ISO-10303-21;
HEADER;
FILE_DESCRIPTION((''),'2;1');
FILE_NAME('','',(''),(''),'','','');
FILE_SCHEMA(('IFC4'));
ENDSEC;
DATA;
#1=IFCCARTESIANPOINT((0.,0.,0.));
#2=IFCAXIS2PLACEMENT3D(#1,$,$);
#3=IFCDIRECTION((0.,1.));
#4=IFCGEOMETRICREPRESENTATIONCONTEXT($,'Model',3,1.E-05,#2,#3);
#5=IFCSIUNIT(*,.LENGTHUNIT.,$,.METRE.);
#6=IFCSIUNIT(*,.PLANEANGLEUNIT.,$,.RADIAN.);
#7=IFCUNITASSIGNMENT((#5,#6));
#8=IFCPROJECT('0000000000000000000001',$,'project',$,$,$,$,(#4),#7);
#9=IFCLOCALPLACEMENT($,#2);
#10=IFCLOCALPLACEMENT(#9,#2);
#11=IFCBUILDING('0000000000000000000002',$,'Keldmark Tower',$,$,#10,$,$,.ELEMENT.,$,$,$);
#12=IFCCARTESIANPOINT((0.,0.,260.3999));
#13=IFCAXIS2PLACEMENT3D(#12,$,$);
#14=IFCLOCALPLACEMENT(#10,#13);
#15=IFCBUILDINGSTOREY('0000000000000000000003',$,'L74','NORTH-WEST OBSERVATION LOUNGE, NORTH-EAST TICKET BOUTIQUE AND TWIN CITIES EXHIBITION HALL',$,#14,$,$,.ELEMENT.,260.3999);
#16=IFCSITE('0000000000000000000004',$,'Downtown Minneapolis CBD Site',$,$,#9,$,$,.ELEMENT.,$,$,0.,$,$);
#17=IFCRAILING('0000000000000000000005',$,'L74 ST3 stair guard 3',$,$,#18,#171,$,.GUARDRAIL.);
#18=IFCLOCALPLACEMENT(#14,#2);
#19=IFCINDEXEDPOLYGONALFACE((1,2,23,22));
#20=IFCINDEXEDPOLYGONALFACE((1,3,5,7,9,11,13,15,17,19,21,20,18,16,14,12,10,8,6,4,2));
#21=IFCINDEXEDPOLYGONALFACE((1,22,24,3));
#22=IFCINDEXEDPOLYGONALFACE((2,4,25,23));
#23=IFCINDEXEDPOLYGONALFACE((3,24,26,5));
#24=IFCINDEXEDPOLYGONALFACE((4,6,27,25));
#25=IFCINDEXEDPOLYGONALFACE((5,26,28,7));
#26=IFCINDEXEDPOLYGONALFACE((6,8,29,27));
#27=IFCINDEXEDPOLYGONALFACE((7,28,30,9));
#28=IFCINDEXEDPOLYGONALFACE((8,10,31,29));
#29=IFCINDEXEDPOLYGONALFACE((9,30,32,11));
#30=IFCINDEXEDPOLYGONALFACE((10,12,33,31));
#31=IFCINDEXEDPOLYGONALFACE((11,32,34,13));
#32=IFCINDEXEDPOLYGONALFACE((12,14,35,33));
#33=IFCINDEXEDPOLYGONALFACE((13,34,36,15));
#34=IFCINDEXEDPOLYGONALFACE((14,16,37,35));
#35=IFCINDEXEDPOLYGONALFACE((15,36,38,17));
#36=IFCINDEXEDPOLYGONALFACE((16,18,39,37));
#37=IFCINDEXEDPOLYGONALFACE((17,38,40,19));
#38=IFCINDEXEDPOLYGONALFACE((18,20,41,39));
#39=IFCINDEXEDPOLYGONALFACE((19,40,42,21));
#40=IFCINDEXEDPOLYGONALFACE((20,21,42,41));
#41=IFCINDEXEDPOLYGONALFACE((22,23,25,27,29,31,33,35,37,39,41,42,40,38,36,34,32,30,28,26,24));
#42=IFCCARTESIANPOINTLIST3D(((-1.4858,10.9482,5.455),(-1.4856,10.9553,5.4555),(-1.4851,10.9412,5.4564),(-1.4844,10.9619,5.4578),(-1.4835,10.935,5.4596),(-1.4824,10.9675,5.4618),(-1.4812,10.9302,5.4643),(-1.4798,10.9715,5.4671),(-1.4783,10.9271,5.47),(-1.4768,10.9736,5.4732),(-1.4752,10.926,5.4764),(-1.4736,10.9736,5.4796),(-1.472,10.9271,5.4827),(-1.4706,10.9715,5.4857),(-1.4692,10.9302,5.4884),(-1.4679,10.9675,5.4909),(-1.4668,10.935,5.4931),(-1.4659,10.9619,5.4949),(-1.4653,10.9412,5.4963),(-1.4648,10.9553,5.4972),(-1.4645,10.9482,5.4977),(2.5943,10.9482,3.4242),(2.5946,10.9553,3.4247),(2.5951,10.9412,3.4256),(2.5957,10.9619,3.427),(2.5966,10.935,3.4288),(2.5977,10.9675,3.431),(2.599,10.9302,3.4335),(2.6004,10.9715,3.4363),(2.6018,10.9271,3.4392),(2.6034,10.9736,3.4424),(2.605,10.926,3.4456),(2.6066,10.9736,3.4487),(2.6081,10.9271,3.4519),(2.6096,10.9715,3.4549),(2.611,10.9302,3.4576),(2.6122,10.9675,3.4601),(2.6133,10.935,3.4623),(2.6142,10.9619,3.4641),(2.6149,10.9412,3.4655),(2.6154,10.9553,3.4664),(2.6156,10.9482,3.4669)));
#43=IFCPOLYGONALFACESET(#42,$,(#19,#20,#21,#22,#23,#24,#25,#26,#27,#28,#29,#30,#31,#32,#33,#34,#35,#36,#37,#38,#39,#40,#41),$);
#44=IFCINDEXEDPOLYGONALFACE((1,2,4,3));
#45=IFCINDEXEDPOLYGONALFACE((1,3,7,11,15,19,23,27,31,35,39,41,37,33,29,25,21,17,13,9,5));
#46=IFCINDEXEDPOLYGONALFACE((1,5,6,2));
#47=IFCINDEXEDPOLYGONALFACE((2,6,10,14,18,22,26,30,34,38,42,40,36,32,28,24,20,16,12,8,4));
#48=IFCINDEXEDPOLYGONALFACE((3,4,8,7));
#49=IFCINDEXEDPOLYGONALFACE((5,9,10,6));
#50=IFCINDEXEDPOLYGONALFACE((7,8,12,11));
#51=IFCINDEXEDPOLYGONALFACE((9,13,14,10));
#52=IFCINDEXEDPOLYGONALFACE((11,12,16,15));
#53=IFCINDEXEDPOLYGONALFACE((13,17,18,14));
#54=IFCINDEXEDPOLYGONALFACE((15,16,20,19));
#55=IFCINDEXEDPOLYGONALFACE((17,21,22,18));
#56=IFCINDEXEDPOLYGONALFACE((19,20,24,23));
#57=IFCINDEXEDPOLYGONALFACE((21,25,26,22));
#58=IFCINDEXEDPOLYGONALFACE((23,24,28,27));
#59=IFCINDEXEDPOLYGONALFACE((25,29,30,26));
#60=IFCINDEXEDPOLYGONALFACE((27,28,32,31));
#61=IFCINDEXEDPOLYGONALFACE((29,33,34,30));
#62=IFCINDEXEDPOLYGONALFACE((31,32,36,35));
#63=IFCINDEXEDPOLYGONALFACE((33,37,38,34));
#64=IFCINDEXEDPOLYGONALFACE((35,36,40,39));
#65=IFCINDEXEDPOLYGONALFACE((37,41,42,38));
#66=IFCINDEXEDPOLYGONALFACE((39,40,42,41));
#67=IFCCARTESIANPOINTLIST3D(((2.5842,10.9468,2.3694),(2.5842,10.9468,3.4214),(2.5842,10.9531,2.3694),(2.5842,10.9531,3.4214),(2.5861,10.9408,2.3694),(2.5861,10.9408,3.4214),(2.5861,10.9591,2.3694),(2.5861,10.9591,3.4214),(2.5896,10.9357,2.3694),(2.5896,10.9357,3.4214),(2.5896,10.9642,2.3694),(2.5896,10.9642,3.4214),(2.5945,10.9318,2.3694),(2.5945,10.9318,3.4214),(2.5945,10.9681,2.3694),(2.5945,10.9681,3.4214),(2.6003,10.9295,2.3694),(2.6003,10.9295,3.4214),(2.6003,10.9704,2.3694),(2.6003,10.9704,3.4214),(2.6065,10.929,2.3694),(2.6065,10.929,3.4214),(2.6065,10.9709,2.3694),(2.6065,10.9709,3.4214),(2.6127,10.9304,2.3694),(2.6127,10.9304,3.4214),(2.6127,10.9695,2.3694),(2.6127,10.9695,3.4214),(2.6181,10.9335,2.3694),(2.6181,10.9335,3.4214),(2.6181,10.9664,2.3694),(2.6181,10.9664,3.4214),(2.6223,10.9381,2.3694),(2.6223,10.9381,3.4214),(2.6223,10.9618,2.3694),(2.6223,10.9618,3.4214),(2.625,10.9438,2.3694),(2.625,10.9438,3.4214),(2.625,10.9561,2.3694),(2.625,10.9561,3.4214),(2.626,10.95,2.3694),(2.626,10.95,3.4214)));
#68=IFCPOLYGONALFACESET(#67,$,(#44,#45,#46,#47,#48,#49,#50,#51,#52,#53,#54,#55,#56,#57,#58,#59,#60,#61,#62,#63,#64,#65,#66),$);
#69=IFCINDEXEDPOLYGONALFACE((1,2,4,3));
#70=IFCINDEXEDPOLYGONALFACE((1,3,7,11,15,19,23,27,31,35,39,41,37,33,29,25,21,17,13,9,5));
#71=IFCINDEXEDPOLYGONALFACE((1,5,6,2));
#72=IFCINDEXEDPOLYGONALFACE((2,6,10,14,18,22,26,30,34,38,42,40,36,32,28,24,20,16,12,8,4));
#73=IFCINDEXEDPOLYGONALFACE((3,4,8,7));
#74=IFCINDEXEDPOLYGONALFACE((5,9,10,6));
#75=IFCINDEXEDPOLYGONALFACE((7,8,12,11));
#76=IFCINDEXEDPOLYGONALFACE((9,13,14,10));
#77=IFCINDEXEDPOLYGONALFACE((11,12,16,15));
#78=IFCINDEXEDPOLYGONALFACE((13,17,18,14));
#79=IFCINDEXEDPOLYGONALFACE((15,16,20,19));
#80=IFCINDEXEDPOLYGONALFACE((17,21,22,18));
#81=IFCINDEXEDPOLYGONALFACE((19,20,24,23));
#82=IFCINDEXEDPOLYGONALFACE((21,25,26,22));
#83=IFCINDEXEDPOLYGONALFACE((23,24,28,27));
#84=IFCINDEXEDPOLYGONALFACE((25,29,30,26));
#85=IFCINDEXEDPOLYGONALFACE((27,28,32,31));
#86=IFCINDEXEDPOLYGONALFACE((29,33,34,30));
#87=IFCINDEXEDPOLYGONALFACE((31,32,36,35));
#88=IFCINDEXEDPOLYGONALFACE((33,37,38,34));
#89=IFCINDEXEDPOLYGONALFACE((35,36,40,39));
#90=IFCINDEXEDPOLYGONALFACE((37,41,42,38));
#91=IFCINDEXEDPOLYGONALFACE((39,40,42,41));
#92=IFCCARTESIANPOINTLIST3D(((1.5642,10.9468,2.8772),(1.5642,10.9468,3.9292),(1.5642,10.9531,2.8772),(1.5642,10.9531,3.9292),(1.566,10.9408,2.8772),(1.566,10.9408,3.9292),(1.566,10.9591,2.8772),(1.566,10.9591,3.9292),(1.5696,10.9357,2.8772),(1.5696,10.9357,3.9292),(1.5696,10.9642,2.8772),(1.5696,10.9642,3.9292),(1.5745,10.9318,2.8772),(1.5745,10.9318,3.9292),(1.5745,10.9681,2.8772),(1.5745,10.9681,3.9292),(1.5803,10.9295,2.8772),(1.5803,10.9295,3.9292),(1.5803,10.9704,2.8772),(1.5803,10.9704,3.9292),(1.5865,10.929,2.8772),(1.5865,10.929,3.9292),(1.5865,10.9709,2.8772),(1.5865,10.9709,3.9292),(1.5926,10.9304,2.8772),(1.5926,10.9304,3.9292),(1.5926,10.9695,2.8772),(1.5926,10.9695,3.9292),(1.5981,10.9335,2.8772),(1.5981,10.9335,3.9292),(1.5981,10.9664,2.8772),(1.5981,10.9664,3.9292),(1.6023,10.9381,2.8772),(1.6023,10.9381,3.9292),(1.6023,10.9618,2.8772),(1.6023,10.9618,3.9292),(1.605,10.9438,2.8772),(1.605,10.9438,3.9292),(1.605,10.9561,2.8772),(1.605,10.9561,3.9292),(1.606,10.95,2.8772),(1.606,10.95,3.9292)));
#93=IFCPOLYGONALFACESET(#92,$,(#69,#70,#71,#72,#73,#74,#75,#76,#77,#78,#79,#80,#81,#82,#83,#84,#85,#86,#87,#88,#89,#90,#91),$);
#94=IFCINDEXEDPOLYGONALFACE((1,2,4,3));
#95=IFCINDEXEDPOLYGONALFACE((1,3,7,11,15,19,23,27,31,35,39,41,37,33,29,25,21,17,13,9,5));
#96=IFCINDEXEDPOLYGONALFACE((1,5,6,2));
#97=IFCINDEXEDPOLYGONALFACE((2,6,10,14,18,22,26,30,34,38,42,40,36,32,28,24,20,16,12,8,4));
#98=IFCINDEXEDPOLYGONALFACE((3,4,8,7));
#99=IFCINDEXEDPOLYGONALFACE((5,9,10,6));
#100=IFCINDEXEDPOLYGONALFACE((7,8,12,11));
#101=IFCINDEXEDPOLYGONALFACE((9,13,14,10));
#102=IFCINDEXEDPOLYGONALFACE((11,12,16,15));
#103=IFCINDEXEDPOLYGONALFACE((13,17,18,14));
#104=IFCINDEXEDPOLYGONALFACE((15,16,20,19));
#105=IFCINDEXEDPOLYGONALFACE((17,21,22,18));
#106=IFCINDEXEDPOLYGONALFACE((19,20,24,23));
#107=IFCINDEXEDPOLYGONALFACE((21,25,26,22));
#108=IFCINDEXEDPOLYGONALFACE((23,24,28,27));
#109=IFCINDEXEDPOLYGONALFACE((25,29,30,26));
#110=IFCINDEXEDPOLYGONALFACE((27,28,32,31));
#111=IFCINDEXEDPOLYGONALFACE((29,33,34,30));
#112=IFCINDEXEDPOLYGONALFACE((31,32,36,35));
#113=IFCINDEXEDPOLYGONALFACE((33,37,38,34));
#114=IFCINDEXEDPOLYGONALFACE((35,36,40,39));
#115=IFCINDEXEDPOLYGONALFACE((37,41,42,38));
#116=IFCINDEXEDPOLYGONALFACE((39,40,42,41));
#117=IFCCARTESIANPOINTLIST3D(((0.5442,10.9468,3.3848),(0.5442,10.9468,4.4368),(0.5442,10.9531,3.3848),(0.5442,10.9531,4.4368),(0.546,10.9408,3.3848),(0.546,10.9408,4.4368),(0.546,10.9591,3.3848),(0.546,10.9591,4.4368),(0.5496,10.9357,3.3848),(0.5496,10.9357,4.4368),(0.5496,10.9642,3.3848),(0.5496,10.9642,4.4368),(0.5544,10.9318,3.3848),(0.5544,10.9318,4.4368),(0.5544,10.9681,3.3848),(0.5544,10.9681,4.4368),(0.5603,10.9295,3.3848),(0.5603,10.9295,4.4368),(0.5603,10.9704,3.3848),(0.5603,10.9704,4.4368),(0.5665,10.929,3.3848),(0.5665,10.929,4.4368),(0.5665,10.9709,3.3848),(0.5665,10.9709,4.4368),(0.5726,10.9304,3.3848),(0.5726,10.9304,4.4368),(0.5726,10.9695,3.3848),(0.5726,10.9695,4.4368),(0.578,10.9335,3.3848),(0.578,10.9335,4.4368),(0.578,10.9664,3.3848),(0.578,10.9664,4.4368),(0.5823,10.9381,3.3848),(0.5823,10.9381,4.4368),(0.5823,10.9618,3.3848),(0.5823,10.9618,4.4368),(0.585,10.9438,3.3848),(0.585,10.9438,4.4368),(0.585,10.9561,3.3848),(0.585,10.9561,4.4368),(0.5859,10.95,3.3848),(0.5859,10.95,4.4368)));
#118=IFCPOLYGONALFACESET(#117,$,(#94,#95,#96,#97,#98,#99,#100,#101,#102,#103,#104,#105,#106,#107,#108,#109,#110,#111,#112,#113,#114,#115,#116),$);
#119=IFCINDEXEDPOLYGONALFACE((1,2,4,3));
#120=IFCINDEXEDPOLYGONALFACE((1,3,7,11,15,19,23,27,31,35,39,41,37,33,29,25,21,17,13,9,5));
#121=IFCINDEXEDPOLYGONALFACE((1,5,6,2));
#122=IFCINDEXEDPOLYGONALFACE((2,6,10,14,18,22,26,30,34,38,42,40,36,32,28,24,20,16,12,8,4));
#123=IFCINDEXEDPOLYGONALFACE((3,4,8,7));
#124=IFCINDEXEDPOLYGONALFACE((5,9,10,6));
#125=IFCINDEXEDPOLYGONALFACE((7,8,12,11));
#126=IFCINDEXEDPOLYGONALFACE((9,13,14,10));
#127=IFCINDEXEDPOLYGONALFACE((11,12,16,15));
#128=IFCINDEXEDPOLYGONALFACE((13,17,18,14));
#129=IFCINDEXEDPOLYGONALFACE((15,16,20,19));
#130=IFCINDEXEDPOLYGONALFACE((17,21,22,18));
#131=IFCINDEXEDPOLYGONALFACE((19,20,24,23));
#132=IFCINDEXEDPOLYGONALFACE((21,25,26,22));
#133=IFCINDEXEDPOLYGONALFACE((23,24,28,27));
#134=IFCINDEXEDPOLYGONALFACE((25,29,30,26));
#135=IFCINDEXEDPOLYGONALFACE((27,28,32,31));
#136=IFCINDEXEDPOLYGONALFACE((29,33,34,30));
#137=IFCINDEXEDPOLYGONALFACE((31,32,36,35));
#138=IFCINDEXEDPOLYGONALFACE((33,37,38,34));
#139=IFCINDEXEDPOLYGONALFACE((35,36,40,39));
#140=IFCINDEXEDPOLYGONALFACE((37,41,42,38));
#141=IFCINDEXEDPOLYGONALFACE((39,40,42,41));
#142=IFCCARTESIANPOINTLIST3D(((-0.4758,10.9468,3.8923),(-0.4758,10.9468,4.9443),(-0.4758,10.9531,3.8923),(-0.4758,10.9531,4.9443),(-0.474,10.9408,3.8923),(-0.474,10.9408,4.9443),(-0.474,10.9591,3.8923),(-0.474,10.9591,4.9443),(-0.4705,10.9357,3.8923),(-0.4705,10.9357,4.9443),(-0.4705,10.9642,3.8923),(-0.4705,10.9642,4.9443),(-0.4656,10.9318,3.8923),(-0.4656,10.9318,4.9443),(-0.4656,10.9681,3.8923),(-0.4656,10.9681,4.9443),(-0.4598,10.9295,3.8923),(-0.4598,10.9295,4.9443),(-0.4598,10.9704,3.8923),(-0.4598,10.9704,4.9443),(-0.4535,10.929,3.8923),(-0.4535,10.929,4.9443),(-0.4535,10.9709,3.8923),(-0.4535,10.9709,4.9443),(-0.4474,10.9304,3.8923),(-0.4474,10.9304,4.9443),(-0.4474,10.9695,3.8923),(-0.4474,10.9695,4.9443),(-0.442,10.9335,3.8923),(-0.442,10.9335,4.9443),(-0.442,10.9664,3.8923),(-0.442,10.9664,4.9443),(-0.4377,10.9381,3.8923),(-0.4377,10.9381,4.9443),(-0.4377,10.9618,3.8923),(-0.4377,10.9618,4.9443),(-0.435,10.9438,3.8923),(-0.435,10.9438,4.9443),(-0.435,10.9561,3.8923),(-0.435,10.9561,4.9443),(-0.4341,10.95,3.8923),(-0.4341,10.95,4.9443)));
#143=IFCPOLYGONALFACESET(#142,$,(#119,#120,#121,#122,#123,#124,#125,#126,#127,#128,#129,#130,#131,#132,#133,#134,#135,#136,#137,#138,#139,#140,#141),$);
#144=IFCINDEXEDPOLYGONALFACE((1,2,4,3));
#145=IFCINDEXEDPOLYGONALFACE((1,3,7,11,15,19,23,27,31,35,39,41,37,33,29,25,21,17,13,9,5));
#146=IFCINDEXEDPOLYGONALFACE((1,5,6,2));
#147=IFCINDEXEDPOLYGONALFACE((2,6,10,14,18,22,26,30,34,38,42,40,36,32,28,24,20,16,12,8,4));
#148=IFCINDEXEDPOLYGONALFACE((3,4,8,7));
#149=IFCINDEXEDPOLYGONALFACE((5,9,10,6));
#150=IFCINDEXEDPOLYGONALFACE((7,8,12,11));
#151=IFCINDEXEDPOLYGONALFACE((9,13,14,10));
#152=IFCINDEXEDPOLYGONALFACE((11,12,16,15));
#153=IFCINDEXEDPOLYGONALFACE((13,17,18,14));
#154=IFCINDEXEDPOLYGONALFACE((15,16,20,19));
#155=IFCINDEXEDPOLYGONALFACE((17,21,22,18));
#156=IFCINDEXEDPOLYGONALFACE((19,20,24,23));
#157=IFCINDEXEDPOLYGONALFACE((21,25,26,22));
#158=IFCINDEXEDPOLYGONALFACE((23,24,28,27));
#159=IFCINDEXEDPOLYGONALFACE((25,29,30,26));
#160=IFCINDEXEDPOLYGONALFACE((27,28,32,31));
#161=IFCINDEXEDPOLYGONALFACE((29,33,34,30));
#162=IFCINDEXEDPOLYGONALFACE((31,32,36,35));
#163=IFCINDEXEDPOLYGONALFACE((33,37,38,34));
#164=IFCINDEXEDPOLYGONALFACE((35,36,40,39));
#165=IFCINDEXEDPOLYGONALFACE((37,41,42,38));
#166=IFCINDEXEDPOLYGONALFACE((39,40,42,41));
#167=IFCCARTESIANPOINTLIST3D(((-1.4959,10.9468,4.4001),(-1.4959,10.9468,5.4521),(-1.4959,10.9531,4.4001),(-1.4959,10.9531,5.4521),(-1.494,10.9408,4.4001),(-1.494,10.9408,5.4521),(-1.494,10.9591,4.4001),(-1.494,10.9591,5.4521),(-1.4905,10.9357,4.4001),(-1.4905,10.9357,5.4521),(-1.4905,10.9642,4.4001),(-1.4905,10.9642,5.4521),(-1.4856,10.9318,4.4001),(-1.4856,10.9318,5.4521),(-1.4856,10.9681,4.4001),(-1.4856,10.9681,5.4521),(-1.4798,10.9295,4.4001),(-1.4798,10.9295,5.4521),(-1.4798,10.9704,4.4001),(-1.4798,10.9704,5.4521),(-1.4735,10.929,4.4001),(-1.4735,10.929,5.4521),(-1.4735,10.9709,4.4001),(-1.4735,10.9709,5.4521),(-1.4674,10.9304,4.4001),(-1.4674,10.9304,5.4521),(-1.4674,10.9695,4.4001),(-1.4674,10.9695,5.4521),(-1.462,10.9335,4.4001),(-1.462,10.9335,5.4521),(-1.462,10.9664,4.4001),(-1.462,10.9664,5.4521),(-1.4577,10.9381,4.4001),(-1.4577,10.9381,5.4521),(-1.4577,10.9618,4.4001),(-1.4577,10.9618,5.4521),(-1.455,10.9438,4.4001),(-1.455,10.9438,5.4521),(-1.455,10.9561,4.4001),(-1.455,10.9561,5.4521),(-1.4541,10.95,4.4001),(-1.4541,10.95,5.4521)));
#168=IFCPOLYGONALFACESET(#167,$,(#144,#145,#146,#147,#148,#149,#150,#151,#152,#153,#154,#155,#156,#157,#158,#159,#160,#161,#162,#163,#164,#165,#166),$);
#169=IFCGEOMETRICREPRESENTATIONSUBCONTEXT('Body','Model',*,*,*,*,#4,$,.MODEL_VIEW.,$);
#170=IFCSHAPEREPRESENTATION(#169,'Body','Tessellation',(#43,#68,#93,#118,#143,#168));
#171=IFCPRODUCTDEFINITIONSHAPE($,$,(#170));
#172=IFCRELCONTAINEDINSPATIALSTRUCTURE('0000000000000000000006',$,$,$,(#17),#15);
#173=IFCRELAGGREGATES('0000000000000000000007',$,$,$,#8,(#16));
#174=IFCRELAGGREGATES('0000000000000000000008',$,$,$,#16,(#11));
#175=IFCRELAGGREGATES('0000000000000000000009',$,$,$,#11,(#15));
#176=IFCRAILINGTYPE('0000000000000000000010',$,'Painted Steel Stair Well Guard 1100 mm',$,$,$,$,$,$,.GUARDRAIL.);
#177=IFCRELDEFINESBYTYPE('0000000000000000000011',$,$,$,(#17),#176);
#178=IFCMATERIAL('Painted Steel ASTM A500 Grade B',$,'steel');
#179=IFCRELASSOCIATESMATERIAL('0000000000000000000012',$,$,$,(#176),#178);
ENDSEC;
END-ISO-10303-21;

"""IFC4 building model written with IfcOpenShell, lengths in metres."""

from ifc_helpers import new_model, si_unit, direction, frame, origin, origin_2d, place, context, subcontext, project, spatial, circle, extrude, material, type_object, element, save


model = new_model("IFC4")

# Units and contexts
model_context = context("Model", 3, precision=1e-05, world=origin(), true_north=direction((0.0, 1.0)))
body_context = subcontext(model_context, "Body", "Model", "MODEL_VIEW")
ifc_project = project(units=[si_unit("LENGTHUNIT", "METRE"), si_unit("PLANEANGLEUNIT", "RADIAN")], contexts=[model_context])

# Site, building, storey
site_placement = place(None, origin())
site = spatial("IfcSite", under=ifc_project, at=site_placement, Name="Downtown Minneapolis CBD Site", CompositionType="ELEMENT", RefElevation=0.0)
building_placement = place(site_placement, origin())
building = spatial("IfcBuilding", under=site, at=building_placement, Name="Keldmark Tower", CompositionType="ELEMENT")
storey_placement = place(building_placement, frame((0.0, 0.0, 260.3999)))
storey = spatial("IfcBuildingStorey", under=building, at=storey_placement, Name="L74", Description="NORTH-WEST OBSERVATION LOUNGE, NORTH-EAST TICKET BOUTIQUE AND TWIN CITIES EXHIBITION HALL", CompositionType="ELEMENT", Elevation=260.3999)

# Railing
ifc_material_1 = material(Name="Painted Steel ASTM A500 Grade B", Category="steel")
railing_type_1 = type_object("IfcRailingType", Name="Painted Steel Stair Well Guard 1100 mm", PredefinedType="GUARDRAIL", material=ifc_material_1)
railing_1_placement = place(storey_placement, frame((2.605, 10.95, 2.3694)))
element("IfcRailing", 1, at=railing_1_placement, inside=storey, type_object=railing_type_1, Name="L74 ST3 stair guard 3", PredefinedType="GUARDRAIL", context=body_context, shape_type="SweptSolid", body=[
    extrude(circle(Radius=0.0239, at=origin_2d()), frame((0.0, 0.0, 1.0762), z_axis=(-0.89524, 0.0, 0.445584), x_axis=(0.0, -1.0, 0.0)), (0.0, 0.0, 1.0), 4.5576),
    extrude(circle(Radius=0.021, at=origin_2d()), origin(), (0.0, 0.0, 1.0), 1.052),
    extrude(circle(Radius=0.021, at=origin_2d()), frame((-1.02, 0.0, 0.5078)), (0.0, 0.0, 1.0), 1.052),
    extrude(circle(Radius=0.021, at=origin_2d()), frame((-2.04, 0.0, 1.0154)), (0.0, 0.0, 1.0), 1.052),
    extrude(circle(Radius=0.021, at=origin_2d()), frame((-3.0601, 0.0, 1.5229)), (0.0, 0.0, 1.0), 1.052),
    extrude(circle(Radius=0.021, at=origin_2d()), frame((-4.0801, 0.0, 2.0308)), (0.0, 0.0, 1.0), 1.052),
])

save(model, "model.ifc")
